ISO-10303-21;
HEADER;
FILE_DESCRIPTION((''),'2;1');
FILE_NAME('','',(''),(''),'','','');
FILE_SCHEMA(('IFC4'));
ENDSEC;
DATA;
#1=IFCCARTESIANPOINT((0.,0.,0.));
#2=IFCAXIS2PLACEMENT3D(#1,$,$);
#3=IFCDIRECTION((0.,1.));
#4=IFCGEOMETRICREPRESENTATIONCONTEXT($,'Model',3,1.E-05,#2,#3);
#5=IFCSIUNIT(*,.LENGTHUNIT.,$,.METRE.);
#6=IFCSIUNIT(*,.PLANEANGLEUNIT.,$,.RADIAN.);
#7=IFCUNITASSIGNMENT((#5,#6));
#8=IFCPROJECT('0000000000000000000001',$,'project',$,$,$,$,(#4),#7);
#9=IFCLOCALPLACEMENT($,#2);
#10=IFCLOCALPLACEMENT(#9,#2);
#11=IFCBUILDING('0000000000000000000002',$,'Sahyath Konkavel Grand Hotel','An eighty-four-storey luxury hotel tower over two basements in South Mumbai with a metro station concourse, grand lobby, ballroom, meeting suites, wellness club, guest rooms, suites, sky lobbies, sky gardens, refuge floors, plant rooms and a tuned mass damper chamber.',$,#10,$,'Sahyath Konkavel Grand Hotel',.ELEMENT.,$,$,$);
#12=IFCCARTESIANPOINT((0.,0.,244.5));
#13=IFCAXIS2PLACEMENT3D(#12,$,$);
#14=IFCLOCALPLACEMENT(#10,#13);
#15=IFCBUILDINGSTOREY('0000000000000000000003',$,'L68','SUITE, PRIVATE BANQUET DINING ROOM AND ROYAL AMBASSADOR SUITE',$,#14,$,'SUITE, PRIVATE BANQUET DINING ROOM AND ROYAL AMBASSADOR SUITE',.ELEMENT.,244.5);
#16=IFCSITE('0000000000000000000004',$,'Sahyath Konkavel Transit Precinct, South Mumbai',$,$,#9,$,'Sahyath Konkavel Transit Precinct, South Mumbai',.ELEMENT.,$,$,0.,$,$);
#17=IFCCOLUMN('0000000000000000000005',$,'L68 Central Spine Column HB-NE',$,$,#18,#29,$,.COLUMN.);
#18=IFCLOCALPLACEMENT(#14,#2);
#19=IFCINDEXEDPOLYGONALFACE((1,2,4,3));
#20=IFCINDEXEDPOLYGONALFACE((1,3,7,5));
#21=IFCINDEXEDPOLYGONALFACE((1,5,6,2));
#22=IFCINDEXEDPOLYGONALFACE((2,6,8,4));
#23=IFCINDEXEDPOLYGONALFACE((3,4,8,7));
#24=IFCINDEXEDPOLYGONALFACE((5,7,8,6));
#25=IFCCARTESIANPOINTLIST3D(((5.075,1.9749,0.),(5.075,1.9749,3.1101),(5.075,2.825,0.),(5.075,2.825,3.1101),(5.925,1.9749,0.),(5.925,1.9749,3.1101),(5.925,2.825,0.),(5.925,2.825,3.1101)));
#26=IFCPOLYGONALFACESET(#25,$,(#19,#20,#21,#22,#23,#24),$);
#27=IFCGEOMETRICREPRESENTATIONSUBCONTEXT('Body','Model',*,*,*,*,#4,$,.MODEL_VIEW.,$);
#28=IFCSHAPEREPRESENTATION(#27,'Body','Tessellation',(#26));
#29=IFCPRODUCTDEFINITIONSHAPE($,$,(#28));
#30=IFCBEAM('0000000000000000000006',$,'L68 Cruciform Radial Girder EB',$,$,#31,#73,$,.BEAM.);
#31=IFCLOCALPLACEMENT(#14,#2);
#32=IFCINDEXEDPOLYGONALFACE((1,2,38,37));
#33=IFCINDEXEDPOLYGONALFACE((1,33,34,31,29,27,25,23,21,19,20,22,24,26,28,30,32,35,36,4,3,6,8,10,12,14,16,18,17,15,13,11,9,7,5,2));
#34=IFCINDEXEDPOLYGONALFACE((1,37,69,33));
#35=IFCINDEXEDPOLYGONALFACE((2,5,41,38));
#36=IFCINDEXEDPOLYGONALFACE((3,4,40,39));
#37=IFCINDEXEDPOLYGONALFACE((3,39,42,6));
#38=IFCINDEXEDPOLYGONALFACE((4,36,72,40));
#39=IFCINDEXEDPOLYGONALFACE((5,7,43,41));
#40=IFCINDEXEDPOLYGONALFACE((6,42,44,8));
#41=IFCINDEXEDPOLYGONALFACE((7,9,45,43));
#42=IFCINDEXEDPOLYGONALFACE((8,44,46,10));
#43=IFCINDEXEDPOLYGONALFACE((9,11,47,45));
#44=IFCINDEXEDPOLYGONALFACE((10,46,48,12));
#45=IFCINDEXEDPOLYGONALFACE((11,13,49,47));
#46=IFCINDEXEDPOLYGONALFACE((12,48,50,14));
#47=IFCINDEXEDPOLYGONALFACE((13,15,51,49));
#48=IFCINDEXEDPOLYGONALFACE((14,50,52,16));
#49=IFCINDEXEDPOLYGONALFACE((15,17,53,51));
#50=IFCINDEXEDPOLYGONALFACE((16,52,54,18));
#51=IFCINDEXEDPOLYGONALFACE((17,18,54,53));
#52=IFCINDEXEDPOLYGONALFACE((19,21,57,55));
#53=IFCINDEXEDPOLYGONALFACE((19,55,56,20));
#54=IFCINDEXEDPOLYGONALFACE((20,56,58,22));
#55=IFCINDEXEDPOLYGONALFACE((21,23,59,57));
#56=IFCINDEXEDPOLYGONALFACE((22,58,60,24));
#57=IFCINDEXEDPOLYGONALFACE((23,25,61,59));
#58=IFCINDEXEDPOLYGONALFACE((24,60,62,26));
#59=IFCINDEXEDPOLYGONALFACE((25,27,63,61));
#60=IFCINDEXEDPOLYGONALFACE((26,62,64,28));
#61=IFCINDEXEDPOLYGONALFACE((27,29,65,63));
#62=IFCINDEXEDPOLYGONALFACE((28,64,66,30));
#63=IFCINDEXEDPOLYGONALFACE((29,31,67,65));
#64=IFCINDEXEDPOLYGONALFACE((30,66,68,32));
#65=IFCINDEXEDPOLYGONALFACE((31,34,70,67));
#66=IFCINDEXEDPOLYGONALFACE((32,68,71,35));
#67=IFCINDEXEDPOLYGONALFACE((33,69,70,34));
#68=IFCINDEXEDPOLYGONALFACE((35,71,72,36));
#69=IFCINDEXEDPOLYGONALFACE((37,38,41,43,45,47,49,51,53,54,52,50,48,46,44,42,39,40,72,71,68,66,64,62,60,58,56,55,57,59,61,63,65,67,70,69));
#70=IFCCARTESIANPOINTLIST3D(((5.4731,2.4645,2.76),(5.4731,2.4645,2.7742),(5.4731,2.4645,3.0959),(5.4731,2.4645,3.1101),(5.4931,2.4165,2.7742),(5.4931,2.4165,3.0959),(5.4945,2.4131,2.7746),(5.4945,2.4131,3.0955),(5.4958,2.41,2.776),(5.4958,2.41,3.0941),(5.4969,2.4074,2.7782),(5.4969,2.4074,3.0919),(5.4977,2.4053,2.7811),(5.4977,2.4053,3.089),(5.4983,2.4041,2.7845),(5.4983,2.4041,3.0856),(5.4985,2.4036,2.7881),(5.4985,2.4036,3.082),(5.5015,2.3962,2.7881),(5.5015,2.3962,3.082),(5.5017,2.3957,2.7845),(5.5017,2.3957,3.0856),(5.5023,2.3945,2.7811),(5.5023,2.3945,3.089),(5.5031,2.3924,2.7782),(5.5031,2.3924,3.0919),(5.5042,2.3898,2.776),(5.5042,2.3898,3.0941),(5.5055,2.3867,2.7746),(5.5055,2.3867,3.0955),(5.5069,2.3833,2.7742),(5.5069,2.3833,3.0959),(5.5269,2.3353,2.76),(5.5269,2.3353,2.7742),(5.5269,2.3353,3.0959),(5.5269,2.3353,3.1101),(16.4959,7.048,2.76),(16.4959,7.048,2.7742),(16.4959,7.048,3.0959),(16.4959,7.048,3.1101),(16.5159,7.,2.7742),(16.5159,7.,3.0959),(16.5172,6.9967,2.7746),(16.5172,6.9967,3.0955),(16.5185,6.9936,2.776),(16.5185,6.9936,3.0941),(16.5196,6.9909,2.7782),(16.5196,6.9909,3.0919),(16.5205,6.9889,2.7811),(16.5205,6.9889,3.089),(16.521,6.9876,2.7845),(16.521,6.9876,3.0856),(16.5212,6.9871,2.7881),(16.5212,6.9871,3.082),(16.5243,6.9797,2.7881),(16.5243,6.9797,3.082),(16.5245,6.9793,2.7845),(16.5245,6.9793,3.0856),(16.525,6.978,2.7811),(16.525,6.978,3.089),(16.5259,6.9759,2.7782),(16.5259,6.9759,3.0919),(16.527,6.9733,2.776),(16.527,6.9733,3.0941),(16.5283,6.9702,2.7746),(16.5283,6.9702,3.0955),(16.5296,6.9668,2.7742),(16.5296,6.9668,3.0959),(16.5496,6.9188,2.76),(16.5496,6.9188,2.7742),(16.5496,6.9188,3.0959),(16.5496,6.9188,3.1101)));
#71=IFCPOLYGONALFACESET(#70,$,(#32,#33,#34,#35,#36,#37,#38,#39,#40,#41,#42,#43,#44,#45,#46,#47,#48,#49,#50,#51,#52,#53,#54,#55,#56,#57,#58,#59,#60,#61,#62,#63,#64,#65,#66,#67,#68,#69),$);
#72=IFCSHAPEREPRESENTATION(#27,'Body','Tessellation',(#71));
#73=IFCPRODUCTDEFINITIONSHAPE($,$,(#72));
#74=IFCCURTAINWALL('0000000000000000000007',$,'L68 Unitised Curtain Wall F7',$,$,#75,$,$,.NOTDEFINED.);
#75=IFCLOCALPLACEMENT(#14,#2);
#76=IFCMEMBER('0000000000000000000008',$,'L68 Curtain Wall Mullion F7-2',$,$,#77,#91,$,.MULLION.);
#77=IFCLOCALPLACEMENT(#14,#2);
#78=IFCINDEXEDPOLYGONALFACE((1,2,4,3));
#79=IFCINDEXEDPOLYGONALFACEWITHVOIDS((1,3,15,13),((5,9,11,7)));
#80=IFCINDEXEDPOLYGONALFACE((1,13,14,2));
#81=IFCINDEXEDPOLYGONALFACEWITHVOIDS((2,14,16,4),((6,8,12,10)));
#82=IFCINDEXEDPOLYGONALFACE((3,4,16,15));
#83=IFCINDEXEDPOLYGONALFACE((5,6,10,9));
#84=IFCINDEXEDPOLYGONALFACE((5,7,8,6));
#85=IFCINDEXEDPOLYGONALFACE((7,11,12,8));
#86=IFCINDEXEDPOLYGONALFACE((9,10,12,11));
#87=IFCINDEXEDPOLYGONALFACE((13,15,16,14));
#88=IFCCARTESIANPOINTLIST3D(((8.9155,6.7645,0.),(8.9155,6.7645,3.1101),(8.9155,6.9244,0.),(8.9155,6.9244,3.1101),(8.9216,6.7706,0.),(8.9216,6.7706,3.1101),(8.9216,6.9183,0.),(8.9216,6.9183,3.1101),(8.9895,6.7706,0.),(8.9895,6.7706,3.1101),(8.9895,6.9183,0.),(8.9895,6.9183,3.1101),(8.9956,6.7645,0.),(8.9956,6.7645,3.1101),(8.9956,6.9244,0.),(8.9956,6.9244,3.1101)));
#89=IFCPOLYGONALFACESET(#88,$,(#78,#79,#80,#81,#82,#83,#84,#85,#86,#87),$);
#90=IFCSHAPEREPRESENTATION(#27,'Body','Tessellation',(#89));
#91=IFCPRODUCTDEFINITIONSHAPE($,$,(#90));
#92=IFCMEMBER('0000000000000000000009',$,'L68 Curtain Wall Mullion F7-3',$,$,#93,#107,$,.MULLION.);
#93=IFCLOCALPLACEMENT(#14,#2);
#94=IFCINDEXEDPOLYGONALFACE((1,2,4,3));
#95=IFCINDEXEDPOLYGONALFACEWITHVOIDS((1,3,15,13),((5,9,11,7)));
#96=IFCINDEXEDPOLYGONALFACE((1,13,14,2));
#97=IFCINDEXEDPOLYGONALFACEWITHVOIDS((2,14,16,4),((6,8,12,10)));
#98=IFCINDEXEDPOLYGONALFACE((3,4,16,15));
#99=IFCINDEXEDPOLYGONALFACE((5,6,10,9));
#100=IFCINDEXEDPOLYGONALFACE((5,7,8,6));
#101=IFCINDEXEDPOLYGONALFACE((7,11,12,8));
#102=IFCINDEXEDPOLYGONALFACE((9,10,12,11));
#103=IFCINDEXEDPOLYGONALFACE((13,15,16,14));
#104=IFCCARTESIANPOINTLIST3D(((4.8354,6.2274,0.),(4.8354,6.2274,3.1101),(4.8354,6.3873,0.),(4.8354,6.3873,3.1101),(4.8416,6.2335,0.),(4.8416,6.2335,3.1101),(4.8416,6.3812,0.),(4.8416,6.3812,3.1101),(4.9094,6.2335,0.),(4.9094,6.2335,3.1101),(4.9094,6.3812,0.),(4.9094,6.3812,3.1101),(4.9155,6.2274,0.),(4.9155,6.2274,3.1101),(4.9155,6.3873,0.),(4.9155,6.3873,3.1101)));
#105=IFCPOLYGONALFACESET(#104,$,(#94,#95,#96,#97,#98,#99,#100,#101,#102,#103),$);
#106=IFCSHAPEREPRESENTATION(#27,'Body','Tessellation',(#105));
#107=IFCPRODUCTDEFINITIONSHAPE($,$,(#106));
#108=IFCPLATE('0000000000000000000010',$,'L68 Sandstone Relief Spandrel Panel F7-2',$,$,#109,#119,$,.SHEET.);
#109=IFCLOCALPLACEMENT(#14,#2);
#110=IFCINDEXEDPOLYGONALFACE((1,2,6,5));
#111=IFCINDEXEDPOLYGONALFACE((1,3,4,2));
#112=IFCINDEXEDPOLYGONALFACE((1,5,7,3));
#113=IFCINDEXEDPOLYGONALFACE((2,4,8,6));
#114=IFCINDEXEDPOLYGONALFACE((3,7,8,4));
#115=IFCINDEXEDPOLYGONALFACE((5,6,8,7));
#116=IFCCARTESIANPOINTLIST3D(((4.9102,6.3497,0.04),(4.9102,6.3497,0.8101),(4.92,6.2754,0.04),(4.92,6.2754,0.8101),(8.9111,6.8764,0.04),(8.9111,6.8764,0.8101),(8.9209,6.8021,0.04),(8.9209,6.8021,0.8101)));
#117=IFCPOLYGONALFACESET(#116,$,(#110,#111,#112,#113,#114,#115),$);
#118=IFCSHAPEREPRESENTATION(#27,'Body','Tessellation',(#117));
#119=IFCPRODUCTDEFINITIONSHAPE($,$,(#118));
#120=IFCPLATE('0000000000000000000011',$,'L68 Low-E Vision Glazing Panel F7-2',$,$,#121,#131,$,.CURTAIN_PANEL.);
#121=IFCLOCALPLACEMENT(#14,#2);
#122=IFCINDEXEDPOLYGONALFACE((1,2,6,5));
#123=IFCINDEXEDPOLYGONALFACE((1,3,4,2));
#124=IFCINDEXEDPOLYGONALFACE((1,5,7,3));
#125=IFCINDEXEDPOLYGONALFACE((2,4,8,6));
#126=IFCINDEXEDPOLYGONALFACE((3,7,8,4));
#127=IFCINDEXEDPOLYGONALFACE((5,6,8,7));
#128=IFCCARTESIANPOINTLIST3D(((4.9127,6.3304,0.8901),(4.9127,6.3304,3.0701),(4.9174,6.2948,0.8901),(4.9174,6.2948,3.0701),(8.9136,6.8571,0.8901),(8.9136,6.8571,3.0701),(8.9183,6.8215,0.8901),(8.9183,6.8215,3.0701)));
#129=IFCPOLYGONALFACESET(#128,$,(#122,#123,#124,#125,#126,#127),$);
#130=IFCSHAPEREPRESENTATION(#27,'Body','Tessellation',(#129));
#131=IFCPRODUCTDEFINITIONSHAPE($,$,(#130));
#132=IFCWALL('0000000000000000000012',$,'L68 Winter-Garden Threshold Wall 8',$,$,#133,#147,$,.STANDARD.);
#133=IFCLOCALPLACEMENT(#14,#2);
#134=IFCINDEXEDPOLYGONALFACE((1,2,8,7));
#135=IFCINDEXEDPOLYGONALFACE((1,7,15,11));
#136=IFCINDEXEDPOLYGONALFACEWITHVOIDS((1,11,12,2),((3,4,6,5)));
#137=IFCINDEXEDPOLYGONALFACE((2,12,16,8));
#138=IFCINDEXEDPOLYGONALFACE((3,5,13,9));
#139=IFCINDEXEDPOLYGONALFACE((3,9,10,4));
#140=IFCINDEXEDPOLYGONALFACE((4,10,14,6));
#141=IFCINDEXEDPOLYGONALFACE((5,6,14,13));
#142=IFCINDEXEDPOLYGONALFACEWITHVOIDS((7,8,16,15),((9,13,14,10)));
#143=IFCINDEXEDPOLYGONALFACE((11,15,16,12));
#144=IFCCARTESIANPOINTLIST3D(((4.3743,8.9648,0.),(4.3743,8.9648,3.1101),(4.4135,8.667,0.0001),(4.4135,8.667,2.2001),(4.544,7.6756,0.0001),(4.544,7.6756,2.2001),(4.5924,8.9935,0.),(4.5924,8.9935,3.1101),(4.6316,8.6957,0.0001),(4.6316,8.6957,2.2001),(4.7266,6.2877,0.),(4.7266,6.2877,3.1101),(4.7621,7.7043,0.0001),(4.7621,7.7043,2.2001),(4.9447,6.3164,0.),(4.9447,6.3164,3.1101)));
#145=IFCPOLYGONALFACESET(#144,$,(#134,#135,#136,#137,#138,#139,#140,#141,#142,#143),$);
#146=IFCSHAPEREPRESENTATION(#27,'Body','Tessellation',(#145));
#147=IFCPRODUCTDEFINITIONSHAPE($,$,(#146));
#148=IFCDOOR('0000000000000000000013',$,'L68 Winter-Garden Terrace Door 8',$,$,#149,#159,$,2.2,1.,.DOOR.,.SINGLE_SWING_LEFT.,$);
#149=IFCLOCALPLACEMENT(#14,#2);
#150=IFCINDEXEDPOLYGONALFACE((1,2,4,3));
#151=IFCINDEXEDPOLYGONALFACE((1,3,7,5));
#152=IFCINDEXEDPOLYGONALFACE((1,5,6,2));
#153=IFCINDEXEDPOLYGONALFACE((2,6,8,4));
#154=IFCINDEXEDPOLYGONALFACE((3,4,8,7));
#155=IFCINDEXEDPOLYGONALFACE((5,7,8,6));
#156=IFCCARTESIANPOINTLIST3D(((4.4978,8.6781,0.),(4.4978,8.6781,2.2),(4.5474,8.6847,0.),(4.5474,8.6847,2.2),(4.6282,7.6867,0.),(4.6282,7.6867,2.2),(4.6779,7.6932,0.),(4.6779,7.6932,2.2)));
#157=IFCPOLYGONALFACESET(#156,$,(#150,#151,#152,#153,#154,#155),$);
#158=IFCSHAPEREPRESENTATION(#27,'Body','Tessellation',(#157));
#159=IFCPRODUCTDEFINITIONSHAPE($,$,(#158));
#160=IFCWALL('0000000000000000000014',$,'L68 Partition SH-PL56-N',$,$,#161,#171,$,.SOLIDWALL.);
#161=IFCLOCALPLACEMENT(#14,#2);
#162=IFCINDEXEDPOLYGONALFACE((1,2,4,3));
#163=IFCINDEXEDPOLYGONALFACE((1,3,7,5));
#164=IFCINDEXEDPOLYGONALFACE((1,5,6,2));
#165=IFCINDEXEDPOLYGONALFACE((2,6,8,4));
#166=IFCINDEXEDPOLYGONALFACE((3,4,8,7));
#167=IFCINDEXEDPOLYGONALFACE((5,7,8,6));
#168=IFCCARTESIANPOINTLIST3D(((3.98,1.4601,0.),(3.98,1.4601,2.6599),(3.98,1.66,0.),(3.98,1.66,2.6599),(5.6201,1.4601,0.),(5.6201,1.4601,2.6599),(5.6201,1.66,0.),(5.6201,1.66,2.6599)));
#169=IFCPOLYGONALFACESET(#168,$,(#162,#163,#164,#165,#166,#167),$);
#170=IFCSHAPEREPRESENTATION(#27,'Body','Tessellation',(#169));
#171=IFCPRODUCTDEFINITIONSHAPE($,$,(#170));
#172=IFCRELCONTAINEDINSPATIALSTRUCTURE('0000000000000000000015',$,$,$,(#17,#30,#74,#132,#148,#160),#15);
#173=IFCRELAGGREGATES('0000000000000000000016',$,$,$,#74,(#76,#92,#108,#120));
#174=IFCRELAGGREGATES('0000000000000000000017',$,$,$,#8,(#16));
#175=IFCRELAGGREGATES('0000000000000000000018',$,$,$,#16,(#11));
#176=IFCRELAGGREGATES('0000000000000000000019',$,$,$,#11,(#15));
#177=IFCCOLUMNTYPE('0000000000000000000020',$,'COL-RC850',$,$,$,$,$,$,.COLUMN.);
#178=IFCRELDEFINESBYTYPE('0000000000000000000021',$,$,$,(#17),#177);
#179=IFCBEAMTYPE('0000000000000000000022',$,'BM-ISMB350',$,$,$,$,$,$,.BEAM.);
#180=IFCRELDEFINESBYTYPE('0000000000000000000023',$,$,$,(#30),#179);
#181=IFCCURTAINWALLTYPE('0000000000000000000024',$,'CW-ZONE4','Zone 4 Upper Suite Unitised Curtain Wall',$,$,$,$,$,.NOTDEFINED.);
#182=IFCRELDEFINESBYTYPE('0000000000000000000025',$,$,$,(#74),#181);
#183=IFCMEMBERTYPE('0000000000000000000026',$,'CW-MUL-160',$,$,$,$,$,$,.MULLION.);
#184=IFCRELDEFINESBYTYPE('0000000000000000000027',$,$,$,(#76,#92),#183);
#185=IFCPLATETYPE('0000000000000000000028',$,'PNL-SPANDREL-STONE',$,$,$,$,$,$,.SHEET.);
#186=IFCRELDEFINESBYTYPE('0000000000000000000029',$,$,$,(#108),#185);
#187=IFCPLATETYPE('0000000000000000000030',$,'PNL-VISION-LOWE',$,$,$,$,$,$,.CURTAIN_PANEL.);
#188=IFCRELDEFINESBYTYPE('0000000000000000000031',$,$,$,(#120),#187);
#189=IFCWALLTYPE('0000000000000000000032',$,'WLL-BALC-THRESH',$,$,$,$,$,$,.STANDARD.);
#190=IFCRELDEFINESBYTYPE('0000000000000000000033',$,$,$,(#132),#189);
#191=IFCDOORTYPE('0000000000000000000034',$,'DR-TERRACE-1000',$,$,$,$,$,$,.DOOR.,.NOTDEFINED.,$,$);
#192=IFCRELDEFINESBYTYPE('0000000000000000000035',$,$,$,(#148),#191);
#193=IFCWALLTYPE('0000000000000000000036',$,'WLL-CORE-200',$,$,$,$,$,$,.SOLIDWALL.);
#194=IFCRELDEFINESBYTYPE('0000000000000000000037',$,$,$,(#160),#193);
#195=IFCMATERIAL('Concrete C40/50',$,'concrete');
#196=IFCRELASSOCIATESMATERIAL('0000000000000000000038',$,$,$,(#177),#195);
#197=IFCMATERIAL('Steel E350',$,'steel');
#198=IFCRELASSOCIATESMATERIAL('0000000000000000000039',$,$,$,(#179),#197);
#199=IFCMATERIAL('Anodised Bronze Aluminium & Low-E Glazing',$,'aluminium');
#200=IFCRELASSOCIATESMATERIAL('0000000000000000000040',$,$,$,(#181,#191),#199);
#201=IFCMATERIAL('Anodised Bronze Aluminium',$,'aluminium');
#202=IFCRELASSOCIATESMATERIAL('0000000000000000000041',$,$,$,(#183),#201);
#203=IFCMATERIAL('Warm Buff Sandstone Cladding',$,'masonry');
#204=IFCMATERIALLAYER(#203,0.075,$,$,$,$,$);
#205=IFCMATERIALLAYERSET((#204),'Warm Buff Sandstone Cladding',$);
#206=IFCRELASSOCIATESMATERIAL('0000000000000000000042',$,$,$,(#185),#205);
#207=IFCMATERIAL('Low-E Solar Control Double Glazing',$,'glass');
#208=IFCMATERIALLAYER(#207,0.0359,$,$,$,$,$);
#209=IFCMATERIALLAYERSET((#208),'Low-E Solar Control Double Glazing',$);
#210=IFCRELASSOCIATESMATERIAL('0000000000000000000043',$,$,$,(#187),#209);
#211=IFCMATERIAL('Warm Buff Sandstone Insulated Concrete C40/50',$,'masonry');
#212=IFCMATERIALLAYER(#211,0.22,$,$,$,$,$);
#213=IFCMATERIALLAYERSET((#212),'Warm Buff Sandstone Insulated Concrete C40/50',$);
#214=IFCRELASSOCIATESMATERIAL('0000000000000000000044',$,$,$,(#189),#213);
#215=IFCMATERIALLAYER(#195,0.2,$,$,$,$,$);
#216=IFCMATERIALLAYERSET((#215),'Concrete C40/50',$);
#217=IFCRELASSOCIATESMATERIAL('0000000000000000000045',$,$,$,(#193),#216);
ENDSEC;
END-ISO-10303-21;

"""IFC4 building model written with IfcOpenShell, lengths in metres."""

from ifc_helpers import new_model, si_unit, direction, frame, frame_2d, origin, origin_2d, place, context, subcontext, project, spatial, rectangle, hollow_rectangle, i_section, extrude, source, transform, mapped, material, layer, layer_set, material_profile, profile_set, type_object, element, fill, aggregate, save


model = new_model("IFC4")

# Units and contexts
model_context = context("Model", 3, precision=1e-05, world=origin(), true_north=direction((0.0, 1.0)))
body_context = subcontext(model_context, "Body", "Model", "MODEL_VIEW")
ifc_project = project(units=[si_unit("LENGTHUNIT", "METRE"), si_unit("PLANEANGLEUNIT", "RADIAN")], contexts=[model_context])

# Site, building, storey
site_placement = place(None, origin())
site = spatial("IfcSite", under=ifc_project, at=site_placement, Name="Sahyath Konkavel Transit Precinct, South Mumbai", LongName="Sahyath Konkavel Transit Precinct, South Mumbai", CompositionType="ELEMENT", RefElevation=0.0)
building_placement = place(site_placement, origin())
building = spatial("IfcBuilding", under=site, at=building_placement, Name="Sahyath Konkavel Grand Hotel", Description="An eighty-four-storey luxury hotel tower over two basements in South Mumbai with a metro station concourse, grand lobby, ballroom, meeting suites, wellness club, guest rooms, suites, sky lobbies, sky gardens, refuge floors, plant rooms and a tuned mass damper chamber.", LongName="Sahyath Konkavel Grand Hotel", CompositionType="ELEMENT")
storey_placement = place(building_placement, frame((0.0, 0.0, 244.5)))
storey = spatial("IfcBuildingStorey", under=building, at=storey_placement, Name="L68", Description="SUITE, PRIVATE BANQUET DINING ROOM AND ROYAL AMBASSADOR SUITE", LongName="SUITE, PRIVATE BANQUET DINING ROOM AND ROYAL AMBASSADOR SUITE", CompositionType="ELEMENT", Elevation=244.5)

# Column
ifc_material_1 = material(Name="Concrete C40/50", Category="concrete")
ifc_material_profile_1 = material_profile(ifc_material_1, rectangle(XDim=0.8501, YDim=0.8501, at=origin_2d()), Name="RC 850x850")
ifc_profile_set_1 = profile_set([ifc_material_profile_1], Name="Concrete C40/50")
column_type = type_object("IfcColumnType", Name="COL-RC850", PredefinedType="COLUMN", material=ifc_profile_set_1)
shared_shape_1 = source(origin(), body_context, "Body", "SweptSolid", [
    extrude(rectangle(XDim=0.8501, YDim=0.8501, at=origin_2d()), origin(), (0.0, 0.0, 1.0), 3.1101),
])
column_placement = place(storey_placement, frame((5.5, 2.3999, 0.0), z_axis=(0.0, 0.0, 1.0), x_axis=(1.0, 0.0, 0.0)))
element("IfcColumn", 1, at=column_placement, inside=storey, type_object=column_type, Name="L68 Central Spine Column HB-NE", PredefinedType="COLUMN", context=body_context, shape_type="MappedRepresentation", body=[
    mapped(shared_shape_1, transform((0.0, 0.0, 0.0), scale=1.0)),
])

# Beam
ifc_material_2 = material(Name="Steel E350", Category="steel")
ifc_material_profile_2 = material_profile(ifc_material_2, i_section(OverallWidth=0.1399, OverallDepth=0.3501, WebThickness=0.0081, FlangeThickness=0.0142, FilletRadius=0.0139, at=origin_2d()), Name="ISMB 350")
ifc_profile_set_2 = profile_set([ifc_material_profile_2], Name="Steel E350")
beam_type = type_object("IfcBeamType", Name="BM-ISMB350", PredefinedType="BEAM", material=ifc_profile_set_2)
shared_shape_2 = source(origin(), body_context, "Body", "SweptSolid", [
    extrude(i_section(OverallWidth=0.1399, OverallDepth=0.3501, WebThickness=0.0081, FlangeThickness=0.0142, FilletRadius=0.0139, at=origin_2d()), origin(), (0.0, 0.0, 1.0), 11.9377),
])
beam_placement = place(storey_placement, frame((5.5, 2.3999, 2.9351), z_axis=(0.923353, 0.383952, 0.0), x_axis=(-0.383952, 0.923353, 0.0)))
element("IfcBeam", 2, at=beam_placement, inside=storey, type_object=beam_type, Name="L68 Cruciform Radial Girder EB", PredefinedType="BEAM", context=body_context, shape_type="MappedRepresentation", body=[
    mapped(shared_shape_2, transform((0.0, 0.0, 0.0), scale=1.0)),
])

# Curtain wall, members, plates
ifc_material_3 = material(Name="Anodised Bronze Aluminium & Low-E Glazing", Category="aluminium")
curtain_wall_type = type_object("IfcCurtainWallType", Name="CW-ZONE4", Description="Zone 4 Upper Suite Unitised Curtain Wall", PredefinedType="NOTDEFINED", material=ifc_material_3)
curtain_wall_placement = place(storey_placement, origin())
curtain_wall = element("IfcCurtainWall", 3, at=curtain_wall_placement, inside=storey, type_object=curtain_wall_type, Name="L68 Unitised Curtain Wall F7", PredefinedType="NOTDEFINED")
ifc_material_4 = material(Name="Anodised Bronze Aluminium", Category="aluminium")
ifc_material_profile_3 = material_profile(ifc_material_4, hollow_rectangle(XDim=0.0801, YDim=0.1599, WallThickness=0.0061, at=origin_2d()), Name="RHS 160x80x6")
ifc_profile_set_3 = profile_set([ifc_material_profile_3], Name="Anodised Bronze Aluminium")
member_type = type_object("IfcMemberType", Name="CW-MUL-160", PredefinedType="MULLION", material=ifc_profile_set_3)
shared_shape_3 = source(origin(), body_context, "Body", "SweptSolid", [
    extrude(hollow_rectangle(XDim=0.0801, YDim=0.1599, WallThickness=0.0061, at=origin_2d()), origin(), (0.0, 0.0, 1.0), 3.1101),
])
member_1_placement = place(storey_placement, frame((8.9556, 6.8445, 0.0), z_axis=(0.0, 0.0, 1.0), x_axis=(1.0, 0.0, 0.0)))
member_1 = element("IfcMember", 4, at=member_1_placement, type_object=member_type, Name="L68 Curtain Wall Mullion F7-2", PredefinedType="MULLION", context=body_context, shape_type="MappedRepresentation", body=[
    mapped(shared_shape_3, transform((0.0, 0.0, 0.0), scale=1.0)),
])
member_2_placement = place(storey_placement, frame((4.8755, 6.3074, 0.0), z_axis=(0.0, 0.0, 1.0), x_axis=(1.0, 0.0, 0.0)))
member_2 = element("IfcMember", 5, at=member_2_placement, type_object=member_type, Name="L68 Curtain Wall Mullion F7-3", PredefinedType="MULLION", context=body_context, shape_type="MappedRepresentation", body=[
    mapped(shared_shape_3, transform((0.0, 0.0, 0.0), scale=1.0)),
])
ifc_material_5 = material(Name="Warm Buff Sandstone Cladding", Category="masonry")
ifc_layer_1 = layer(ifc_material_5, 0.075)
ifc_layer_set_1 = layer_set([ifc_layer_1], Name="Warm Buff Sandstone Cladding")
plate_type_1 = type_object("IfcPlateType", Name="PNL-SPANDREL-STONE", PredefinedType="SHEET", material=ifc_layer_set_1)
shared_shape_4 = source(origin(), body_context, "Body", "SweptSolid", [
    extrude(rectangle(XDim=4.0354, YDim=0.075, at=origin_2d()), origin(), (0.0, 0.0, 1.0), 0.77),
])
plate_1_placement = place(storey_placement, frame((6.9155, 6.5759, 0.04), z_axis=(0.0, 0.0, 1.0), x_axis=(-0.991445, -0.130526, 0.0)))
plate_1 = element("IfcPlate", 6, at=plate_1_placement, type_object=plate_type_1, Name="L68 Sandstone Relief Spandrel Panel F7-2", PredefinedType="SHEET", context=body_context, shape_type="MappedRepresentation", body=[
    mapped(shared_shape_4, transform((0.0, 0.0, 0.0), scale=1.0)),
])
ifc_material_6 = material(Name="Low-E Solar Control Double Glazing", Category="glass")
ifc_layer_2 = layer(ifc_material_6, 0.0359)
ifc_layer_set_2 = layer_set([ifc_layer_2], Name="Low-E Solar Control Double Glazing")
plate_type_2 = type_object("IfcPlateType", Name="PNL-VISION-LOWE", PredefinedType="CURTAIN_PANEL", material=ifc_layer_set_2)
shared_shape_5 = source(origin(), body_context, "Body", "SweptSolid", [
    extrude(rectangle(XDim=4.0354, YDim=0.0359, at=origin_2d()), origin(), (0.0, 0.0, 1.0), 2.1799),
])
plate_2_placement = place(storey_placement, frame((6.9155, 6.5759, 0.8901), z_axis=(0.0, 0.0, 1.0), x_axis=(-0.991445, -0.130526, 0.0)))
plate_2 = element("IfcPlate", 7, at=plate_2_placement, type_object=plate_type_2, Name="L68 Low-E Vision Glazing Panel F7-2", PredefinedType="CURTAIN_PANEL", context=body_context, shape_type="MappedRepresentation", body=[
    mapped(shared_shape_5, transform((0.0, 0.0, 0.0), scale=1.0)),
])
aggregate(curtain_wall, [member_1, member_2, plate_1, plate_2])

# Wall, opening, door
ifc_material_7 = material(Name="Warm Buff Sandstone Insulated Concrete C40/50", Category="masonry")
ifc_layer_3 = layer(ifc_material_7, 0.22)
ifc_layer_set_3 = layer_set([ifc_layer_3], Name="Warm Buff Sandstone Insulated Concrete C40/50")
wall_type_1 = type_object("IfcWallType", Name="WLL-BALC-THRESH", PredefinedType="STANDARD", material=ifc_layer_set_3)
wall_1_placement = place(storey_placement, frame((4.8357, 6.302, 0.0), z_axis=(0.0, 0.0, 1.0), x_axis=(-0.130476, 0.991452, 0.0)))
wall_1 = element("IfcWall", 8, at=wall_1_placement, inside=storey, type_object=wall_type_1, Name="L68 Winter-Garden Threshold Wall 8", PredefinedType="STANDARD", context=body_context, shape_type="SweptSolid", body=[
    extrude(rectangle(XDim=2.7002, YDim=0.22, at=frame_2d((1.3501, 0.0))), origin(), (0.0, 0.0, 1.0), 3.1101),
])
opening_1_placement = place(wall_1_placement, frame((1.3999, 0.0, 0.0)))
opening_1 = element("IfcOpeningElement", 9, at=opening_1_placement, cuts=wall_1, PredefinedType="OPENING", context=body_context, shape_type="SweptSolid", body=[
    extrude(rectangle(XDim=1.0, YDim=2.2, at=frame_2d((0.5, 1.1001))), frame((0.0, 0.1201, 0.0), z_axis=(0.0, -1.0, 0.0), x_axis=(1.0, 0.0, 0.0)), (0.0, 0.0, 1.0), 0.24),
])
door_type_1 = type_object("IfcDoorType", Name="DR-TERRACE-1000", OperationType="NOTDEFINED", PredefinedType="DOOR", material=ifc_material_3)
shared_shape_6 = source(origin(), body_context, "Body", "SweptSolid", [
    extrude(rectangle(XDim=1.0, YDim=0.05, at=origin_2d()), origin(), (0.0, 0.0, 1.0), 2.2),
])
door_1_placement = place(opening_1_placement, frame((0.5, 0.0, 0.0)))
door_1 = element("IfcDoor", 10, at=door_1_placement, inside=storey, type_object=door_type_1, Name="L68 Winter-Garden Terrace Door 8", OperationType="SINGLE_SWING_LEFT", OverallHeight=2.2, OverallWidth=1.0, PredefinedType="DOOR", context=body_context, shape_type="MappedRepresentation", body=[
    mapped(shared_shape_6, transform((0.0, 0.0, 0.0), scale=1.0)),
])
fill(opening_1, door_1)

# Wall
ifc_layer_4 = layer(ifc_material_1, 0.2)
ifc_layer_set_4 = layer_set([ifc_layer_4], Name="Concrete C40/50")
wall_type_2 = type_object("IfcWallType", Name="WLL-CORE-200", PredefinedType="SOLIDWALL", material=ifc_layer_set_4)
for number, where, z_axis, x_axis, name in (
    (11, (3.98, 1.5601, 0.0), (0.0, 0.0, 1.0), (1.0, 0.0, 0.0), "L68 Partition SH-PL56-N"),
):
    element("IfcWall", number, at=place(storey_placement, frame(where, z_axis=z_axis, x_axis=x_axis)), inside=storey, type_object=wall_type_2, Name=name, PredefinedType="SOLIDWALL", context=body_context, shape_type="SweptSolid", body=[
        extrude(rectangle(XDim=1.6401, YDim=0.2, at=frame_2d((0.8201, 0.0))), origin(), (0.0, 0.0, 1.0), 2.6599),
    ])

save(model, "model.ifc")
